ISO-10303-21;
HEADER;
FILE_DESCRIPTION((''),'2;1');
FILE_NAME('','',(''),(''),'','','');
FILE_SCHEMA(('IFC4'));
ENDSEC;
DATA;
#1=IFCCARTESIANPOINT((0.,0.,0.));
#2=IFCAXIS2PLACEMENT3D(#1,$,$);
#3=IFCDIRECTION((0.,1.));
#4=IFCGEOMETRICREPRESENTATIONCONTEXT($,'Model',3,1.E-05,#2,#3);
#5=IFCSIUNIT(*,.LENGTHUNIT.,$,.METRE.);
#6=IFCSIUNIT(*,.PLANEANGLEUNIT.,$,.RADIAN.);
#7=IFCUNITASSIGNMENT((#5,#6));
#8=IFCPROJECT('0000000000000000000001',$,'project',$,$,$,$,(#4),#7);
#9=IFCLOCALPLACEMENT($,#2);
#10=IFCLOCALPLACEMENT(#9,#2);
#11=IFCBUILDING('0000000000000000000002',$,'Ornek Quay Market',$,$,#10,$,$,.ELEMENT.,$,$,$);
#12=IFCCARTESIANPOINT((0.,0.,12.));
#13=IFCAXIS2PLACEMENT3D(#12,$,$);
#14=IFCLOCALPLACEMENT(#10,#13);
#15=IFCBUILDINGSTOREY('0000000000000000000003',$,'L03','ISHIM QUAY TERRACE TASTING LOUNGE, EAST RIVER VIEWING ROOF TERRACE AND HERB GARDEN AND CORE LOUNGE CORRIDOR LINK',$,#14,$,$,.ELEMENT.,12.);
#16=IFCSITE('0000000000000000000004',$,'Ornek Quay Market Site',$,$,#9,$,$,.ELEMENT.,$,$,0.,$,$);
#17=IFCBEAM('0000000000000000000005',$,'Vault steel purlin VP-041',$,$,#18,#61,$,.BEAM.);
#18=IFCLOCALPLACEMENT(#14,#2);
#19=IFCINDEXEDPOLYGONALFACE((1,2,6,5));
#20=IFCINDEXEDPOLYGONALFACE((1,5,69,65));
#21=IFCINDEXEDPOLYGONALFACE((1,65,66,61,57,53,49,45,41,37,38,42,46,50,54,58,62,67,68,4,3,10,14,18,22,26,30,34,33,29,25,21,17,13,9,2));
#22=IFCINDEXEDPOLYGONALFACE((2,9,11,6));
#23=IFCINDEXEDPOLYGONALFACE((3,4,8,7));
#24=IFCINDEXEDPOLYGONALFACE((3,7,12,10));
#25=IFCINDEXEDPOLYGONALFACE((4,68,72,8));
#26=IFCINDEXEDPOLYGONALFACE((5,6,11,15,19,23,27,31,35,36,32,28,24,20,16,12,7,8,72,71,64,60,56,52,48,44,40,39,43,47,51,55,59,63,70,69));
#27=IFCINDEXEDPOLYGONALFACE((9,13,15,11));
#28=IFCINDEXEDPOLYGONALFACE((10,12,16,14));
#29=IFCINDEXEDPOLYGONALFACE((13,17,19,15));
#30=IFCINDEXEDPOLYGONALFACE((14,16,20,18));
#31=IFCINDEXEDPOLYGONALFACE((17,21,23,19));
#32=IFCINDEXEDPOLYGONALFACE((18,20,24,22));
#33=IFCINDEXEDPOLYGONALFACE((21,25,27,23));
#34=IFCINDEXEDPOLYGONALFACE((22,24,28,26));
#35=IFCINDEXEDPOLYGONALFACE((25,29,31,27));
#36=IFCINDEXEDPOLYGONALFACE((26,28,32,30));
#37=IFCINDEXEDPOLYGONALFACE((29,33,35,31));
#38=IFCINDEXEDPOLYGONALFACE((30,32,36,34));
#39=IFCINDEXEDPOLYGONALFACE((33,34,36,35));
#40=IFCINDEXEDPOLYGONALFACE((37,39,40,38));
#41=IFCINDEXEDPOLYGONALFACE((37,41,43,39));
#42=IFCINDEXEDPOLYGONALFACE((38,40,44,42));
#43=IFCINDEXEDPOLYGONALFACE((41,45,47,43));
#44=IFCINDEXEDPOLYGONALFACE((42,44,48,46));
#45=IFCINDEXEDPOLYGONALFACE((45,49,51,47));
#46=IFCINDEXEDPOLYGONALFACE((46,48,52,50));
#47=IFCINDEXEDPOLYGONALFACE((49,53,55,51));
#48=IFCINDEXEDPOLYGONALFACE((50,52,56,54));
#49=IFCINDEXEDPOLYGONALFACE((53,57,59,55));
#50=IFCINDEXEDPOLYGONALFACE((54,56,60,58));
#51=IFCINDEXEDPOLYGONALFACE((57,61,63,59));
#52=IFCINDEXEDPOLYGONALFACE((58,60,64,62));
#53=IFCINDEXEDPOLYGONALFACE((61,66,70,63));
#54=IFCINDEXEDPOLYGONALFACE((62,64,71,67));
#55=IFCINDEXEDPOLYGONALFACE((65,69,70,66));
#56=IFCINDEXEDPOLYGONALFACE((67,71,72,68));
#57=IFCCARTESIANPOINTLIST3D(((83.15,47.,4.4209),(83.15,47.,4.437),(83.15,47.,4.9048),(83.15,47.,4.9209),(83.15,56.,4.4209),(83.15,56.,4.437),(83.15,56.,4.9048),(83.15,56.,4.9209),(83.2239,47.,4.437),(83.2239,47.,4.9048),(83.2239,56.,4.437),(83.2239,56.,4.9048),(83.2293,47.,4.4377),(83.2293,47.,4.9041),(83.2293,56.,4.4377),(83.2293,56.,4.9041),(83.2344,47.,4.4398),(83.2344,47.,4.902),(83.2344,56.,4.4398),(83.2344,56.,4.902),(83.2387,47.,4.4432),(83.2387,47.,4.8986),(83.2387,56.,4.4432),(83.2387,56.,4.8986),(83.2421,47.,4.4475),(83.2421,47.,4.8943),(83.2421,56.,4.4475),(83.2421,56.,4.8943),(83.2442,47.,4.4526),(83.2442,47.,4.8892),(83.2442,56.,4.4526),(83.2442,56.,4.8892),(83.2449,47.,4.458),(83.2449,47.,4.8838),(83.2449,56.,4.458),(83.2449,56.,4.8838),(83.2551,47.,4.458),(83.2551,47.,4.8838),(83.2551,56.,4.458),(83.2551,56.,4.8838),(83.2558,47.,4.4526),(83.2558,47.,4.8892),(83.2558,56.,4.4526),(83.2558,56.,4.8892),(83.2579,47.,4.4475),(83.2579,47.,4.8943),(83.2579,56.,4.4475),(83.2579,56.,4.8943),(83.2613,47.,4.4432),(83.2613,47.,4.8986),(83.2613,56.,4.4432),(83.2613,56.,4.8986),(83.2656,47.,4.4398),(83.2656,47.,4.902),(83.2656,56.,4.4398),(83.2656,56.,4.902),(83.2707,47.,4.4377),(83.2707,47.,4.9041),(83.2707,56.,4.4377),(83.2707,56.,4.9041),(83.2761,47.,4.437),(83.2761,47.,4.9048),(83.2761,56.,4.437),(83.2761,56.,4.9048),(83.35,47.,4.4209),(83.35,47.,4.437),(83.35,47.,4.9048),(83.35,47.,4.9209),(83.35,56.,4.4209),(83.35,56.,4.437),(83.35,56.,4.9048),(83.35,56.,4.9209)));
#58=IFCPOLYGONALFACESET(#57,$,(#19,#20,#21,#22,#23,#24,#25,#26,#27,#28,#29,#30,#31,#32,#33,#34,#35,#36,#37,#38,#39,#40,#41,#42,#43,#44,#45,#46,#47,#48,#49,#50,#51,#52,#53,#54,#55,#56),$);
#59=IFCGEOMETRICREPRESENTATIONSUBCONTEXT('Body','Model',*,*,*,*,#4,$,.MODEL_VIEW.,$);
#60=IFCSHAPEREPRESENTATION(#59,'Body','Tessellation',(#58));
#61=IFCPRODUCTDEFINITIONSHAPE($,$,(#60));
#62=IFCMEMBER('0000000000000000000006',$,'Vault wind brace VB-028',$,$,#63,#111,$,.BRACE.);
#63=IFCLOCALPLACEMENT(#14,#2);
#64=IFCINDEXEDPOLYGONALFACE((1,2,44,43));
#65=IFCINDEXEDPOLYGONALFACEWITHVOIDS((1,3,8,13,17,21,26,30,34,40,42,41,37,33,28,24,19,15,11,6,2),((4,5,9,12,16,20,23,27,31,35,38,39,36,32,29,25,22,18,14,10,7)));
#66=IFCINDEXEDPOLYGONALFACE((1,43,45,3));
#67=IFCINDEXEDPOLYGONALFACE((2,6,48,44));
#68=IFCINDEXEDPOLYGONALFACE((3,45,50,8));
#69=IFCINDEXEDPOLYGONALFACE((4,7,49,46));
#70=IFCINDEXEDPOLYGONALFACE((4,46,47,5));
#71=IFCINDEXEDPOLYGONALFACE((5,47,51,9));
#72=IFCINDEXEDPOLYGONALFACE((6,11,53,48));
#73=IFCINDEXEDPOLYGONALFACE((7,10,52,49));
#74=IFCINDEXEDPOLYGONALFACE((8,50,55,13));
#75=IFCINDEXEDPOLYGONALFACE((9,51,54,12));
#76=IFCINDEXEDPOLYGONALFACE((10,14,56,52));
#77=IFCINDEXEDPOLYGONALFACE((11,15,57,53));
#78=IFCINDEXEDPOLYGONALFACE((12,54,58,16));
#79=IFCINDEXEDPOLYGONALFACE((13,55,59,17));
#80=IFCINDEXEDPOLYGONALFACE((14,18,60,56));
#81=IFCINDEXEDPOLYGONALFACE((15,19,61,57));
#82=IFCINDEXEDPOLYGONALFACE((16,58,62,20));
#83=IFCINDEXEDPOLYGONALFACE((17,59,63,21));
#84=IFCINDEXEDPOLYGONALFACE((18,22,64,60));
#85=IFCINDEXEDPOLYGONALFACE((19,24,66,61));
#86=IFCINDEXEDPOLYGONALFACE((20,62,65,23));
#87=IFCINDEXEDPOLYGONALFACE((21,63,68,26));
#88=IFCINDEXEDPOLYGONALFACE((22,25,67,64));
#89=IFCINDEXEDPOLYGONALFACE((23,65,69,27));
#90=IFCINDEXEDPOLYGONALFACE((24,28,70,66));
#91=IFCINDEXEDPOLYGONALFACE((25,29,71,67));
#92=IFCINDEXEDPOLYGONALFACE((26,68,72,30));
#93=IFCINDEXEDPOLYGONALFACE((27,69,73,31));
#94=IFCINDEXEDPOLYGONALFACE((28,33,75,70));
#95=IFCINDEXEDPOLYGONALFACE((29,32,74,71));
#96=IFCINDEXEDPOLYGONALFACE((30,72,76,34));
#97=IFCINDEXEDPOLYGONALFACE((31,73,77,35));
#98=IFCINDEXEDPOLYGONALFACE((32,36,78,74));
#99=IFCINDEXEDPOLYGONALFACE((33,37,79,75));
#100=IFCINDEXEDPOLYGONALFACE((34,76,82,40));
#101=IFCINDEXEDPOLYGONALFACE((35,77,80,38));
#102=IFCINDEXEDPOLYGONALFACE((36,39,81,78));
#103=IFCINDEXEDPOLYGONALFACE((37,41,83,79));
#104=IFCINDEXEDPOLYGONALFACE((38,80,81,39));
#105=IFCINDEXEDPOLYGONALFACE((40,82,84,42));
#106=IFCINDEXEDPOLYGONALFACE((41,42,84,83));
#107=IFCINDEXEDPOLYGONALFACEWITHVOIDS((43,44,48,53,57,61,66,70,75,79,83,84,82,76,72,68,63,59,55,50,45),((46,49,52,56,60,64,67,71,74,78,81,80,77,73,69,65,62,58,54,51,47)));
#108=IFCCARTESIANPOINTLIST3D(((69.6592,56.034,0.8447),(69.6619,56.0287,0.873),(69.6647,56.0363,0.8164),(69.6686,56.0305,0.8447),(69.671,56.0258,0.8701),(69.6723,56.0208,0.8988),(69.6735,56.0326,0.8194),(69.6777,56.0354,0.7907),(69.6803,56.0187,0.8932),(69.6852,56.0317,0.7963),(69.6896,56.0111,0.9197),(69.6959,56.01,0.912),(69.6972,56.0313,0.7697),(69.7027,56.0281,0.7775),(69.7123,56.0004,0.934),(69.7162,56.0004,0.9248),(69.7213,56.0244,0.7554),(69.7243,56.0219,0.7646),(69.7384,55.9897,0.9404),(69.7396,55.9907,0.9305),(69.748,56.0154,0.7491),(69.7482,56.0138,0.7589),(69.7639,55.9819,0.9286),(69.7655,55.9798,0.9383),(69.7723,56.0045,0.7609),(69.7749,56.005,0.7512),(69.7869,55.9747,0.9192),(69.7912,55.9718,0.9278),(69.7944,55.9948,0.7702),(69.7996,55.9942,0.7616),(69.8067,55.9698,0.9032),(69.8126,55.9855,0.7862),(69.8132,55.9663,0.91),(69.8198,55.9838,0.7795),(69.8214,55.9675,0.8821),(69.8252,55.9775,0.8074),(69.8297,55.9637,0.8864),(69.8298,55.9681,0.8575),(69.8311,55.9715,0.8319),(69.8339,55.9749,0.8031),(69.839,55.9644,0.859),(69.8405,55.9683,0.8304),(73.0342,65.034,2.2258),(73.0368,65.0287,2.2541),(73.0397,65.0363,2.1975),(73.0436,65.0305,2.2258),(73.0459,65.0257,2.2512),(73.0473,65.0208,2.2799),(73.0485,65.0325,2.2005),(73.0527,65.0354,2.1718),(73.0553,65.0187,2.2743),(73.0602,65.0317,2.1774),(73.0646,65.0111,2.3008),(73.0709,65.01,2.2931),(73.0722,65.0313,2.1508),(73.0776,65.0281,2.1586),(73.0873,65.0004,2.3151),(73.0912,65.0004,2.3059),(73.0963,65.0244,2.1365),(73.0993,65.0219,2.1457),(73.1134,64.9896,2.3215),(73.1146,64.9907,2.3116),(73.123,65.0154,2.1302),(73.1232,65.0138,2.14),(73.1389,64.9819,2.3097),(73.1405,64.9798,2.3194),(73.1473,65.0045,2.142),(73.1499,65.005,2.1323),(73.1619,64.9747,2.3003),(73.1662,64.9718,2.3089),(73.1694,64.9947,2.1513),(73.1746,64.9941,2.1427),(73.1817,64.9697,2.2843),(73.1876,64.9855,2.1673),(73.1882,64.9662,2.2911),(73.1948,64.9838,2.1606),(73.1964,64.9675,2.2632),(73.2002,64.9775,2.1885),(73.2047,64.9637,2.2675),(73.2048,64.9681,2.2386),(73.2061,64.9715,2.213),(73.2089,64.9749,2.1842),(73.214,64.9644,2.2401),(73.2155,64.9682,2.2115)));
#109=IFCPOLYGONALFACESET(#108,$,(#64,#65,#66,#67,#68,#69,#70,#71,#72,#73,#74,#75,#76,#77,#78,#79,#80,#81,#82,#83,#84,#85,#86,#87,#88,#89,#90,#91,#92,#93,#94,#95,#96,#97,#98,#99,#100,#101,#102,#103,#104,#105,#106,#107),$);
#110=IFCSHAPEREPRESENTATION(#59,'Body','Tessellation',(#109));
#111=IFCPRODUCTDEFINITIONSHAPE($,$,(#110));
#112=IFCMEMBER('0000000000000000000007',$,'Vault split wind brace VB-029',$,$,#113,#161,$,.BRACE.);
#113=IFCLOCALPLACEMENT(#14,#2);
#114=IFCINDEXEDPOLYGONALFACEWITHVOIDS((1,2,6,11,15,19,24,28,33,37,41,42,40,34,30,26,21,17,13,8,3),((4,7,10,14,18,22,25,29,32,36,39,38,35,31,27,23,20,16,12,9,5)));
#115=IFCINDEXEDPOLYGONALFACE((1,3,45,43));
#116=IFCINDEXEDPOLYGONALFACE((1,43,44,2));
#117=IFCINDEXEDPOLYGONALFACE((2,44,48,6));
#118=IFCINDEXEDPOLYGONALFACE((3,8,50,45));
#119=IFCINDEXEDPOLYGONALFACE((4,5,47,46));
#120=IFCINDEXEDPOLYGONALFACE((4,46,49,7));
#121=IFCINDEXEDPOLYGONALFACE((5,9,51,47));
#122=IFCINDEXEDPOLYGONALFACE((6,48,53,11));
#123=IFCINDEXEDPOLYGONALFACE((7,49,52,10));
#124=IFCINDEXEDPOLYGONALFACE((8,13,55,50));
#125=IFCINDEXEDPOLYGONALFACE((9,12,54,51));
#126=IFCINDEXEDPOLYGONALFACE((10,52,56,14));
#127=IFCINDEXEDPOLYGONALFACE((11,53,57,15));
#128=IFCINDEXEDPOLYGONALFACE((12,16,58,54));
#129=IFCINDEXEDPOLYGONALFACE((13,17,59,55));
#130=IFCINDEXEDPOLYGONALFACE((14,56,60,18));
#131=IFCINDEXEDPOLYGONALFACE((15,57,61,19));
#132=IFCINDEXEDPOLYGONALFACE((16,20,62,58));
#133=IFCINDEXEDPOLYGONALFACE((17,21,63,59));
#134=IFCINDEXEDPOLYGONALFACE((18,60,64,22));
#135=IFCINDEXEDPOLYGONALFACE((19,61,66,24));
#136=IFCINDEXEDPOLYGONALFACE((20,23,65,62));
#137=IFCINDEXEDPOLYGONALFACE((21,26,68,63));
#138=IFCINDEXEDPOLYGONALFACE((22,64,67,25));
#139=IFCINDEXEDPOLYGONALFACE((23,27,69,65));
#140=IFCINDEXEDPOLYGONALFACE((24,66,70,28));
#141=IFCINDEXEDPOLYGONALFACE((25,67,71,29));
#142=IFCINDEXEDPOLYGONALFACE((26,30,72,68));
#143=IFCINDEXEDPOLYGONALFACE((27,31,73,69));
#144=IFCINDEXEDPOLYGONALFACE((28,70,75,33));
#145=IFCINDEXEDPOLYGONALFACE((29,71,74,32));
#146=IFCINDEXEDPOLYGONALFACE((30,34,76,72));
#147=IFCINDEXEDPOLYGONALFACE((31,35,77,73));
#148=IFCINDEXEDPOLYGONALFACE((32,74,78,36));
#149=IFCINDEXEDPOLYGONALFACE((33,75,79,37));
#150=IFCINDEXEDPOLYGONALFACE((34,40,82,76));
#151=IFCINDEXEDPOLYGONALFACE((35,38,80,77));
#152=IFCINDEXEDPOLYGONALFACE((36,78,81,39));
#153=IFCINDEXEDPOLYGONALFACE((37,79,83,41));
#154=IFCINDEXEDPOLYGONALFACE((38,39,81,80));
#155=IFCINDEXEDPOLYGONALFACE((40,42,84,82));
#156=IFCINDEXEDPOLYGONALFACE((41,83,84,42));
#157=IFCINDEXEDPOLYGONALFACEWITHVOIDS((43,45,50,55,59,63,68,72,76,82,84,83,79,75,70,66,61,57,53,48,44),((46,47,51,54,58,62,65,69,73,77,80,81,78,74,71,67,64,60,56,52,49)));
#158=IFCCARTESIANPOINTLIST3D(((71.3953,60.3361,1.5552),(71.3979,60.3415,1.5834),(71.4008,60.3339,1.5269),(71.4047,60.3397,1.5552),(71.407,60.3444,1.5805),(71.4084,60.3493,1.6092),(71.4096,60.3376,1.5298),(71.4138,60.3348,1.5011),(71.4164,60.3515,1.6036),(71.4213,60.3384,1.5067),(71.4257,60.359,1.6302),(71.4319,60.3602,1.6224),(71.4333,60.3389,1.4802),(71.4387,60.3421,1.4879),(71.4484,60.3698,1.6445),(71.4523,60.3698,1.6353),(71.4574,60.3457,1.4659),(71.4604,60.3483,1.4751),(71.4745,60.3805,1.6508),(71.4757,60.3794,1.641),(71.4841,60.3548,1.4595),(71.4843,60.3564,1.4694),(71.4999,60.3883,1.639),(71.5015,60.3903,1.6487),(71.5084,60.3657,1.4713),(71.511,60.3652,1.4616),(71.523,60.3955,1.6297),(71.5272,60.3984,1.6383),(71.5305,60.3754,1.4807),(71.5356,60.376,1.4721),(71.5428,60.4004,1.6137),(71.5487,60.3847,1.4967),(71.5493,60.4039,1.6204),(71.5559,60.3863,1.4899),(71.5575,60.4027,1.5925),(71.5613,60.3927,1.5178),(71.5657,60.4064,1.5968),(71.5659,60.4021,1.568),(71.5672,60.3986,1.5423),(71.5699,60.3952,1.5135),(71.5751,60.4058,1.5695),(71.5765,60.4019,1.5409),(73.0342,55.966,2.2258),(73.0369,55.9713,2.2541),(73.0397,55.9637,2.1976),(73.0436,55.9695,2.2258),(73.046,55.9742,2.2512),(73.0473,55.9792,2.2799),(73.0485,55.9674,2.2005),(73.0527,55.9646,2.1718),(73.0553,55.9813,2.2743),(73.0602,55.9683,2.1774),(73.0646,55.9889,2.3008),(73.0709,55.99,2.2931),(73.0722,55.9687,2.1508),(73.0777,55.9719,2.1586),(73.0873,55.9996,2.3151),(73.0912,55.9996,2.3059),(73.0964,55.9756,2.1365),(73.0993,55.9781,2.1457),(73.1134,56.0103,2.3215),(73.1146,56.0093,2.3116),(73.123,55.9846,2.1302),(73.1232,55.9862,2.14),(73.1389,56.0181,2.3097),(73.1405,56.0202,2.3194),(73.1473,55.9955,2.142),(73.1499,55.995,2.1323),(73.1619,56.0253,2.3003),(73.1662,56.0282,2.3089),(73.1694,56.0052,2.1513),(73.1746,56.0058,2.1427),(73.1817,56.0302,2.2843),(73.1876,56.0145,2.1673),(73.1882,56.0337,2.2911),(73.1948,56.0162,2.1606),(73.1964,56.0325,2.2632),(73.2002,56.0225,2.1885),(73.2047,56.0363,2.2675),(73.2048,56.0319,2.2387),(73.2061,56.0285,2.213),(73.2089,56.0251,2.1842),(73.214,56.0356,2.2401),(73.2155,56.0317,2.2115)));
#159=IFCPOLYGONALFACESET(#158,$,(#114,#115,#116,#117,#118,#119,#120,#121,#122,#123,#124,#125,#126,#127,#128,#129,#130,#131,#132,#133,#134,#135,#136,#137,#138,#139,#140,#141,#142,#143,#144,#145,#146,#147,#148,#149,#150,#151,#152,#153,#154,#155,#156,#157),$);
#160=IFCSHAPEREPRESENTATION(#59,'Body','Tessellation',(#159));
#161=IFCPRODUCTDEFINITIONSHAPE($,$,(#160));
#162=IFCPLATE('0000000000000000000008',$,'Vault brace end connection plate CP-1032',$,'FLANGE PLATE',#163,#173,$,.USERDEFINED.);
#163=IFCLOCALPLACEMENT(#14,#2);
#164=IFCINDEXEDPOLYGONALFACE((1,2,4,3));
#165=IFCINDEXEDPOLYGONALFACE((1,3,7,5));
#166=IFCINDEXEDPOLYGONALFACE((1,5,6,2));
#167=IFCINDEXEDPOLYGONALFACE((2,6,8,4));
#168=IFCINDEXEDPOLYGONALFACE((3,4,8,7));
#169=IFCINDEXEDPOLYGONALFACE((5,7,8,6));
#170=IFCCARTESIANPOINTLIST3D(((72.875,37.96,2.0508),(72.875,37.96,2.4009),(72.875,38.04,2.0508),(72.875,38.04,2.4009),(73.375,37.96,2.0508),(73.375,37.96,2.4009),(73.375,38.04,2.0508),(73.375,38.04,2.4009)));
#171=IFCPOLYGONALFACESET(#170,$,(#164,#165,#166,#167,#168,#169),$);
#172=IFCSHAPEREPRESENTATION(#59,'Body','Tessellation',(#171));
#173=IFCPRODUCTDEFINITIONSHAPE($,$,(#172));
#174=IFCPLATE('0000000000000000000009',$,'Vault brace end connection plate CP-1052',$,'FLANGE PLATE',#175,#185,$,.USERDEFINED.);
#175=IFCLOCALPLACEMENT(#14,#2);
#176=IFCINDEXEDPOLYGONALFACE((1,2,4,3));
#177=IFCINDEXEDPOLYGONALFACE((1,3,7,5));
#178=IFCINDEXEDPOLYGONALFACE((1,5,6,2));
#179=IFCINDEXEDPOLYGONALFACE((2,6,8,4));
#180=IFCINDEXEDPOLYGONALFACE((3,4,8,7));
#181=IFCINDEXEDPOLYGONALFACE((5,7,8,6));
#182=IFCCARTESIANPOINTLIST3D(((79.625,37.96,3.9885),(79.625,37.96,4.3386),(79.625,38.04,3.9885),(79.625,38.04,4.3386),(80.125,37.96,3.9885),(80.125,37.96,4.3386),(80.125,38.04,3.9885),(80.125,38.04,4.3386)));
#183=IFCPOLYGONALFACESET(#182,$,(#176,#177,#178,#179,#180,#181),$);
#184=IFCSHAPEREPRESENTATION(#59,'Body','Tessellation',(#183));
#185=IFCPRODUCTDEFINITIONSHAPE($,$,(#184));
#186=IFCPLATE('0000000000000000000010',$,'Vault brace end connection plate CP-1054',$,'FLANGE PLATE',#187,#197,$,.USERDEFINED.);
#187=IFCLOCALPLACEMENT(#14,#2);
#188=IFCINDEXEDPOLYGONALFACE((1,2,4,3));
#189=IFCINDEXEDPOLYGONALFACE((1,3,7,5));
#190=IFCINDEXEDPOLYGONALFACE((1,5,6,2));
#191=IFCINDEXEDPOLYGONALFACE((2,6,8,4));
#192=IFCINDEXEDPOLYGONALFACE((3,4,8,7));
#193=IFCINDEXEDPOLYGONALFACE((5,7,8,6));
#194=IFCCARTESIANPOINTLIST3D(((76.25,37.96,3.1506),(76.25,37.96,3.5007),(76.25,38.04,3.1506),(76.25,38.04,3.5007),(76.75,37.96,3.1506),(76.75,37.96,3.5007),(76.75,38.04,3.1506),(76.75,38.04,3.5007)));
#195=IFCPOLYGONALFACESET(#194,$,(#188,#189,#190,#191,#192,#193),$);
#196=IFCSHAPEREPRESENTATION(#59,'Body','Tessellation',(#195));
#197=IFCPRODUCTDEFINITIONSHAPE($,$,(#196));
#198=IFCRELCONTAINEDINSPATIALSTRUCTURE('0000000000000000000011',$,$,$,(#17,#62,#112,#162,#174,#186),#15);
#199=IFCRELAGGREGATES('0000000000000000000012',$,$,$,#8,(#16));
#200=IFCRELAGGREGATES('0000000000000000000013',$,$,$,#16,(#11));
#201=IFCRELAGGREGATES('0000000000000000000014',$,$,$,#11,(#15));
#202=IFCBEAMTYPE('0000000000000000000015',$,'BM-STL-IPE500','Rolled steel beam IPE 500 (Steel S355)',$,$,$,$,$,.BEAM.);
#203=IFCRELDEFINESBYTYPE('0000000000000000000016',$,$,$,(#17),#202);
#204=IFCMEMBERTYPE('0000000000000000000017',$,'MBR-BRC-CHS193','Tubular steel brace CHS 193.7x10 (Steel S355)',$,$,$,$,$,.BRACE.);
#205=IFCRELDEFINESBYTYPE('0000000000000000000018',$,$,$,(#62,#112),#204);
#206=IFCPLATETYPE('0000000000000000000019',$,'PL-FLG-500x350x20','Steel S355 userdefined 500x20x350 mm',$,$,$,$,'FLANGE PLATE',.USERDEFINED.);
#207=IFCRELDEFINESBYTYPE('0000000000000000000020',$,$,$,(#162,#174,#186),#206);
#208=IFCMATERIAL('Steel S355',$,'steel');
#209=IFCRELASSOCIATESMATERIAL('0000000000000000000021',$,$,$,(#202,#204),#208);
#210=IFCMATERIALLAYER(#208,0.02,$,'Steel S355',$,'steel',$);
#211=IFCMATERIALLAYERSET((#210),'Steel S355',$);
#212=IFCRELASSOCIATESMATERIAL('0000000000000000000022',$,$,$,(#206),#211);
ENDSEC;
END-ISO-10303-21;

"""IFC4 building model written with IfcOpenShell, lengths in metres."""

from ifc_helpers import new_model, si_unit, direction, frame, origin, origin_2d, place, context, subcontext, project, spatial, rectangle, hollow_circle, i_section, extrude, material, layer, layer_set, material_profile, profile_set, type_object, element, save


model = new_model("IFC4")

# Units and contexts
model_context = context("Model", 3, precision=1e-05, world=origin(), true_north=direction((0.0, 1.0)))
body_context = subcontext(model_context, "Body", "Model", "MODEL_VIEW")
ifc_project = project(units=[si_unit("LENGTHUNIT", "METRE"), si_unit("PLANEANGLEUNIT", "RADIAN")], contexts=[model_context])

# Site, building, storey
site_placement = place(None, origin())
site = spatial("IfcSite", under=ifc_project, at=site_placement, Name="Ornek Quay Market Site", CompositionType="ELEMENT", RefElevation=0.0)
building_placement = place(site_placement, origin())
building = spatial("IfcBuilding", under=site, at=building_placement, Name="Ornek Quay Market", CompositionType="ELEMENT")
storey_placement = place(building_placement, frame((0.0, 0.0, 12.0)))
storey = spatial("IfcBuildingStorey", under=building, at=storey_placement, Name="L03", Description="ISHIM QUAY TERRACE TASTING LOUNGE, EAST RIVER VIEWING ROOF TERRACE AND HERB GARDEN AND CORE LOUNGE CORRIDOR LINK", CompositionType="ELEMENT", Elevation=12.0)

# Beam
ifc_material_1 = material(Name="Steel S355", Category="steel")
ifc_material_profile_1 = material_profile(ifc_material_1, i_section(OverallWidth=0.2, OverallDepth=0.5, WebThickness=0.0103, FlangeThickness=0.0161, FilletRadius=0.021, at=origin_2d()), Name="IPE 500", Category="steel")
ifc_profile_set_1 = profile_set([ifc_material_profile_1], Name="Steel S355")
beam_type_1 = type_object("IfcBeamType", Name="BM-STL-IPE500", Description="Rolled steel beam IPE 500 (Steel S355)", PredefinedType="BEAM", material=ifc_profile_set_1)
for number, where, z_axis, x_axis, name in (
    (1, (83.25, 47.0, 4.6709), (0.0, 1.0, 0.0), (-1.0, 0.0, 0.0), "Vault steel purlin VP-041"),
):
    element("IfcBeam", number, at=place(storey_placement, frame(where, z_axis=z_axis, x_axis=x_axis)), inside=storey, type_object=beam_type_1, Name=name, PredefinedType="BEAM", context=body_context, shape_type="SweptSolid", body=[
        extrude(i_section(OverallWidth=0.2, OverallDepth=0.5, WebThickness=0.0103, FlangeThickness=0.0161, FilletRadius=0.021, at=origin_2d()), origin(), (0.0, 0.0, 1.0), 9.0),
    ])

# Members
ifc_material_profile_2 = material_profile(ifc_material_1, hollow_circle(Radius=0.0969, WallThickness=0.01, at=origin_2d()), Name="CHS 193.7x10", Category="steel")
ifc_profile_set_2 = profile_set([ifc_material_profile_2], Name="Steel S355")
member_type = type_object("IfcMemberType", Name="MBR-BRC-CHS193", Description="Tubular steel brace CHS 193.7x10 (Steel S355)", PredefinedType="BRACE", material=ifc_profile_set_2)
member_1_placement = place(storey_placement, frame((69.75, 56.0, 0.8447), z_axis=(0.347554, 0.926811, 0.142225), x_axis=(-0.936329, 0.351123, 0.0)))
element("IfcMember", 2, at=member_1_placement, inside=storey, type_object=member_type, Name="Vault wind brace VB-028", PredefinedType="BRACE", context=body_context, shape_type="SweptSolid", body=[
    extrude(hollow_circle(Radius=0.0969, WallThickness=0.01, at=origin_2d()), origin(), (0.0, 0.0, 1.0), 9.7107),
])
member_2_placement = place(storey_placement, frame((73.125, 56.0, 2.2258), z_axis=(-0.347576, 0.926802, -0.14223), x_axis=(-0.936321, -0.351146, 0.0)))
element("IfcMember", 3, at=member_2_placement, inside=storey, type_object=member_type, Name="Vault split wind brace VB-029", PredefinedType="BRACE", context=body_context, shape_type="SweptSolid", body=[
    extrude(hollow_circle(Radius=0.0969, WallThickness=0.01, at=origin_2d()), origin(), (0.0, 0.0, 1.0), 4.7153),
])

# Plates
ifc_layer_1 = layer(ifc_material_1, 0.02, Name="Steel S355", Category="steel")
ifc_layer_set_1 = layer_set([ifc_layer_1], Name="Steel S355")
plate_type = type_object("IfcPlateType", Name="PL-FLG-500x350x20", Description="Steel S355 userdefined 500x20x350 mm", ElementType="FLANGE PLATE", PredefinedType="USERDEFINED", material=ifc_layer_set_1)
for number, where, z_axis, x_axis, name in (
    (4, (73.125, 38.0, 2.0508), (0.0, 0.0, 1.0), (1.0, 0.0, 0.0), "Vault brace end connection plate CP-1032"),
    (5, (79.875, 38.0, 3.9885), (0.0, 0.0, 1.0), (1.0, 0.0, 0.0), "Vault brace end connection plate CP-1052"),
    (6, (76.5, 38.0, 3.1506), (0.0, 0.0, 1.0), (1.0, 0.0, 0.0), "Vault brace end connection plate CP-1054"),
):
    element("IfcPlate", number, at=place(storey_placement, frame(where, z_axis=z_axis, x_axis=x_axis)), inside=storey, type_object=plate_type, Name=name, ObjectType="FLANGE PLATE", PredefinedType="USERDEFINED", context=body_context, shape_type="SweptSolid", body=[
        extrude(rectangle(XDim=0.5, YDim=0.0801, at=origin_2d()), origin(), (0.0, 0.0, 1.0), 0.3501),
    ])

save(model, "model.ifc")
